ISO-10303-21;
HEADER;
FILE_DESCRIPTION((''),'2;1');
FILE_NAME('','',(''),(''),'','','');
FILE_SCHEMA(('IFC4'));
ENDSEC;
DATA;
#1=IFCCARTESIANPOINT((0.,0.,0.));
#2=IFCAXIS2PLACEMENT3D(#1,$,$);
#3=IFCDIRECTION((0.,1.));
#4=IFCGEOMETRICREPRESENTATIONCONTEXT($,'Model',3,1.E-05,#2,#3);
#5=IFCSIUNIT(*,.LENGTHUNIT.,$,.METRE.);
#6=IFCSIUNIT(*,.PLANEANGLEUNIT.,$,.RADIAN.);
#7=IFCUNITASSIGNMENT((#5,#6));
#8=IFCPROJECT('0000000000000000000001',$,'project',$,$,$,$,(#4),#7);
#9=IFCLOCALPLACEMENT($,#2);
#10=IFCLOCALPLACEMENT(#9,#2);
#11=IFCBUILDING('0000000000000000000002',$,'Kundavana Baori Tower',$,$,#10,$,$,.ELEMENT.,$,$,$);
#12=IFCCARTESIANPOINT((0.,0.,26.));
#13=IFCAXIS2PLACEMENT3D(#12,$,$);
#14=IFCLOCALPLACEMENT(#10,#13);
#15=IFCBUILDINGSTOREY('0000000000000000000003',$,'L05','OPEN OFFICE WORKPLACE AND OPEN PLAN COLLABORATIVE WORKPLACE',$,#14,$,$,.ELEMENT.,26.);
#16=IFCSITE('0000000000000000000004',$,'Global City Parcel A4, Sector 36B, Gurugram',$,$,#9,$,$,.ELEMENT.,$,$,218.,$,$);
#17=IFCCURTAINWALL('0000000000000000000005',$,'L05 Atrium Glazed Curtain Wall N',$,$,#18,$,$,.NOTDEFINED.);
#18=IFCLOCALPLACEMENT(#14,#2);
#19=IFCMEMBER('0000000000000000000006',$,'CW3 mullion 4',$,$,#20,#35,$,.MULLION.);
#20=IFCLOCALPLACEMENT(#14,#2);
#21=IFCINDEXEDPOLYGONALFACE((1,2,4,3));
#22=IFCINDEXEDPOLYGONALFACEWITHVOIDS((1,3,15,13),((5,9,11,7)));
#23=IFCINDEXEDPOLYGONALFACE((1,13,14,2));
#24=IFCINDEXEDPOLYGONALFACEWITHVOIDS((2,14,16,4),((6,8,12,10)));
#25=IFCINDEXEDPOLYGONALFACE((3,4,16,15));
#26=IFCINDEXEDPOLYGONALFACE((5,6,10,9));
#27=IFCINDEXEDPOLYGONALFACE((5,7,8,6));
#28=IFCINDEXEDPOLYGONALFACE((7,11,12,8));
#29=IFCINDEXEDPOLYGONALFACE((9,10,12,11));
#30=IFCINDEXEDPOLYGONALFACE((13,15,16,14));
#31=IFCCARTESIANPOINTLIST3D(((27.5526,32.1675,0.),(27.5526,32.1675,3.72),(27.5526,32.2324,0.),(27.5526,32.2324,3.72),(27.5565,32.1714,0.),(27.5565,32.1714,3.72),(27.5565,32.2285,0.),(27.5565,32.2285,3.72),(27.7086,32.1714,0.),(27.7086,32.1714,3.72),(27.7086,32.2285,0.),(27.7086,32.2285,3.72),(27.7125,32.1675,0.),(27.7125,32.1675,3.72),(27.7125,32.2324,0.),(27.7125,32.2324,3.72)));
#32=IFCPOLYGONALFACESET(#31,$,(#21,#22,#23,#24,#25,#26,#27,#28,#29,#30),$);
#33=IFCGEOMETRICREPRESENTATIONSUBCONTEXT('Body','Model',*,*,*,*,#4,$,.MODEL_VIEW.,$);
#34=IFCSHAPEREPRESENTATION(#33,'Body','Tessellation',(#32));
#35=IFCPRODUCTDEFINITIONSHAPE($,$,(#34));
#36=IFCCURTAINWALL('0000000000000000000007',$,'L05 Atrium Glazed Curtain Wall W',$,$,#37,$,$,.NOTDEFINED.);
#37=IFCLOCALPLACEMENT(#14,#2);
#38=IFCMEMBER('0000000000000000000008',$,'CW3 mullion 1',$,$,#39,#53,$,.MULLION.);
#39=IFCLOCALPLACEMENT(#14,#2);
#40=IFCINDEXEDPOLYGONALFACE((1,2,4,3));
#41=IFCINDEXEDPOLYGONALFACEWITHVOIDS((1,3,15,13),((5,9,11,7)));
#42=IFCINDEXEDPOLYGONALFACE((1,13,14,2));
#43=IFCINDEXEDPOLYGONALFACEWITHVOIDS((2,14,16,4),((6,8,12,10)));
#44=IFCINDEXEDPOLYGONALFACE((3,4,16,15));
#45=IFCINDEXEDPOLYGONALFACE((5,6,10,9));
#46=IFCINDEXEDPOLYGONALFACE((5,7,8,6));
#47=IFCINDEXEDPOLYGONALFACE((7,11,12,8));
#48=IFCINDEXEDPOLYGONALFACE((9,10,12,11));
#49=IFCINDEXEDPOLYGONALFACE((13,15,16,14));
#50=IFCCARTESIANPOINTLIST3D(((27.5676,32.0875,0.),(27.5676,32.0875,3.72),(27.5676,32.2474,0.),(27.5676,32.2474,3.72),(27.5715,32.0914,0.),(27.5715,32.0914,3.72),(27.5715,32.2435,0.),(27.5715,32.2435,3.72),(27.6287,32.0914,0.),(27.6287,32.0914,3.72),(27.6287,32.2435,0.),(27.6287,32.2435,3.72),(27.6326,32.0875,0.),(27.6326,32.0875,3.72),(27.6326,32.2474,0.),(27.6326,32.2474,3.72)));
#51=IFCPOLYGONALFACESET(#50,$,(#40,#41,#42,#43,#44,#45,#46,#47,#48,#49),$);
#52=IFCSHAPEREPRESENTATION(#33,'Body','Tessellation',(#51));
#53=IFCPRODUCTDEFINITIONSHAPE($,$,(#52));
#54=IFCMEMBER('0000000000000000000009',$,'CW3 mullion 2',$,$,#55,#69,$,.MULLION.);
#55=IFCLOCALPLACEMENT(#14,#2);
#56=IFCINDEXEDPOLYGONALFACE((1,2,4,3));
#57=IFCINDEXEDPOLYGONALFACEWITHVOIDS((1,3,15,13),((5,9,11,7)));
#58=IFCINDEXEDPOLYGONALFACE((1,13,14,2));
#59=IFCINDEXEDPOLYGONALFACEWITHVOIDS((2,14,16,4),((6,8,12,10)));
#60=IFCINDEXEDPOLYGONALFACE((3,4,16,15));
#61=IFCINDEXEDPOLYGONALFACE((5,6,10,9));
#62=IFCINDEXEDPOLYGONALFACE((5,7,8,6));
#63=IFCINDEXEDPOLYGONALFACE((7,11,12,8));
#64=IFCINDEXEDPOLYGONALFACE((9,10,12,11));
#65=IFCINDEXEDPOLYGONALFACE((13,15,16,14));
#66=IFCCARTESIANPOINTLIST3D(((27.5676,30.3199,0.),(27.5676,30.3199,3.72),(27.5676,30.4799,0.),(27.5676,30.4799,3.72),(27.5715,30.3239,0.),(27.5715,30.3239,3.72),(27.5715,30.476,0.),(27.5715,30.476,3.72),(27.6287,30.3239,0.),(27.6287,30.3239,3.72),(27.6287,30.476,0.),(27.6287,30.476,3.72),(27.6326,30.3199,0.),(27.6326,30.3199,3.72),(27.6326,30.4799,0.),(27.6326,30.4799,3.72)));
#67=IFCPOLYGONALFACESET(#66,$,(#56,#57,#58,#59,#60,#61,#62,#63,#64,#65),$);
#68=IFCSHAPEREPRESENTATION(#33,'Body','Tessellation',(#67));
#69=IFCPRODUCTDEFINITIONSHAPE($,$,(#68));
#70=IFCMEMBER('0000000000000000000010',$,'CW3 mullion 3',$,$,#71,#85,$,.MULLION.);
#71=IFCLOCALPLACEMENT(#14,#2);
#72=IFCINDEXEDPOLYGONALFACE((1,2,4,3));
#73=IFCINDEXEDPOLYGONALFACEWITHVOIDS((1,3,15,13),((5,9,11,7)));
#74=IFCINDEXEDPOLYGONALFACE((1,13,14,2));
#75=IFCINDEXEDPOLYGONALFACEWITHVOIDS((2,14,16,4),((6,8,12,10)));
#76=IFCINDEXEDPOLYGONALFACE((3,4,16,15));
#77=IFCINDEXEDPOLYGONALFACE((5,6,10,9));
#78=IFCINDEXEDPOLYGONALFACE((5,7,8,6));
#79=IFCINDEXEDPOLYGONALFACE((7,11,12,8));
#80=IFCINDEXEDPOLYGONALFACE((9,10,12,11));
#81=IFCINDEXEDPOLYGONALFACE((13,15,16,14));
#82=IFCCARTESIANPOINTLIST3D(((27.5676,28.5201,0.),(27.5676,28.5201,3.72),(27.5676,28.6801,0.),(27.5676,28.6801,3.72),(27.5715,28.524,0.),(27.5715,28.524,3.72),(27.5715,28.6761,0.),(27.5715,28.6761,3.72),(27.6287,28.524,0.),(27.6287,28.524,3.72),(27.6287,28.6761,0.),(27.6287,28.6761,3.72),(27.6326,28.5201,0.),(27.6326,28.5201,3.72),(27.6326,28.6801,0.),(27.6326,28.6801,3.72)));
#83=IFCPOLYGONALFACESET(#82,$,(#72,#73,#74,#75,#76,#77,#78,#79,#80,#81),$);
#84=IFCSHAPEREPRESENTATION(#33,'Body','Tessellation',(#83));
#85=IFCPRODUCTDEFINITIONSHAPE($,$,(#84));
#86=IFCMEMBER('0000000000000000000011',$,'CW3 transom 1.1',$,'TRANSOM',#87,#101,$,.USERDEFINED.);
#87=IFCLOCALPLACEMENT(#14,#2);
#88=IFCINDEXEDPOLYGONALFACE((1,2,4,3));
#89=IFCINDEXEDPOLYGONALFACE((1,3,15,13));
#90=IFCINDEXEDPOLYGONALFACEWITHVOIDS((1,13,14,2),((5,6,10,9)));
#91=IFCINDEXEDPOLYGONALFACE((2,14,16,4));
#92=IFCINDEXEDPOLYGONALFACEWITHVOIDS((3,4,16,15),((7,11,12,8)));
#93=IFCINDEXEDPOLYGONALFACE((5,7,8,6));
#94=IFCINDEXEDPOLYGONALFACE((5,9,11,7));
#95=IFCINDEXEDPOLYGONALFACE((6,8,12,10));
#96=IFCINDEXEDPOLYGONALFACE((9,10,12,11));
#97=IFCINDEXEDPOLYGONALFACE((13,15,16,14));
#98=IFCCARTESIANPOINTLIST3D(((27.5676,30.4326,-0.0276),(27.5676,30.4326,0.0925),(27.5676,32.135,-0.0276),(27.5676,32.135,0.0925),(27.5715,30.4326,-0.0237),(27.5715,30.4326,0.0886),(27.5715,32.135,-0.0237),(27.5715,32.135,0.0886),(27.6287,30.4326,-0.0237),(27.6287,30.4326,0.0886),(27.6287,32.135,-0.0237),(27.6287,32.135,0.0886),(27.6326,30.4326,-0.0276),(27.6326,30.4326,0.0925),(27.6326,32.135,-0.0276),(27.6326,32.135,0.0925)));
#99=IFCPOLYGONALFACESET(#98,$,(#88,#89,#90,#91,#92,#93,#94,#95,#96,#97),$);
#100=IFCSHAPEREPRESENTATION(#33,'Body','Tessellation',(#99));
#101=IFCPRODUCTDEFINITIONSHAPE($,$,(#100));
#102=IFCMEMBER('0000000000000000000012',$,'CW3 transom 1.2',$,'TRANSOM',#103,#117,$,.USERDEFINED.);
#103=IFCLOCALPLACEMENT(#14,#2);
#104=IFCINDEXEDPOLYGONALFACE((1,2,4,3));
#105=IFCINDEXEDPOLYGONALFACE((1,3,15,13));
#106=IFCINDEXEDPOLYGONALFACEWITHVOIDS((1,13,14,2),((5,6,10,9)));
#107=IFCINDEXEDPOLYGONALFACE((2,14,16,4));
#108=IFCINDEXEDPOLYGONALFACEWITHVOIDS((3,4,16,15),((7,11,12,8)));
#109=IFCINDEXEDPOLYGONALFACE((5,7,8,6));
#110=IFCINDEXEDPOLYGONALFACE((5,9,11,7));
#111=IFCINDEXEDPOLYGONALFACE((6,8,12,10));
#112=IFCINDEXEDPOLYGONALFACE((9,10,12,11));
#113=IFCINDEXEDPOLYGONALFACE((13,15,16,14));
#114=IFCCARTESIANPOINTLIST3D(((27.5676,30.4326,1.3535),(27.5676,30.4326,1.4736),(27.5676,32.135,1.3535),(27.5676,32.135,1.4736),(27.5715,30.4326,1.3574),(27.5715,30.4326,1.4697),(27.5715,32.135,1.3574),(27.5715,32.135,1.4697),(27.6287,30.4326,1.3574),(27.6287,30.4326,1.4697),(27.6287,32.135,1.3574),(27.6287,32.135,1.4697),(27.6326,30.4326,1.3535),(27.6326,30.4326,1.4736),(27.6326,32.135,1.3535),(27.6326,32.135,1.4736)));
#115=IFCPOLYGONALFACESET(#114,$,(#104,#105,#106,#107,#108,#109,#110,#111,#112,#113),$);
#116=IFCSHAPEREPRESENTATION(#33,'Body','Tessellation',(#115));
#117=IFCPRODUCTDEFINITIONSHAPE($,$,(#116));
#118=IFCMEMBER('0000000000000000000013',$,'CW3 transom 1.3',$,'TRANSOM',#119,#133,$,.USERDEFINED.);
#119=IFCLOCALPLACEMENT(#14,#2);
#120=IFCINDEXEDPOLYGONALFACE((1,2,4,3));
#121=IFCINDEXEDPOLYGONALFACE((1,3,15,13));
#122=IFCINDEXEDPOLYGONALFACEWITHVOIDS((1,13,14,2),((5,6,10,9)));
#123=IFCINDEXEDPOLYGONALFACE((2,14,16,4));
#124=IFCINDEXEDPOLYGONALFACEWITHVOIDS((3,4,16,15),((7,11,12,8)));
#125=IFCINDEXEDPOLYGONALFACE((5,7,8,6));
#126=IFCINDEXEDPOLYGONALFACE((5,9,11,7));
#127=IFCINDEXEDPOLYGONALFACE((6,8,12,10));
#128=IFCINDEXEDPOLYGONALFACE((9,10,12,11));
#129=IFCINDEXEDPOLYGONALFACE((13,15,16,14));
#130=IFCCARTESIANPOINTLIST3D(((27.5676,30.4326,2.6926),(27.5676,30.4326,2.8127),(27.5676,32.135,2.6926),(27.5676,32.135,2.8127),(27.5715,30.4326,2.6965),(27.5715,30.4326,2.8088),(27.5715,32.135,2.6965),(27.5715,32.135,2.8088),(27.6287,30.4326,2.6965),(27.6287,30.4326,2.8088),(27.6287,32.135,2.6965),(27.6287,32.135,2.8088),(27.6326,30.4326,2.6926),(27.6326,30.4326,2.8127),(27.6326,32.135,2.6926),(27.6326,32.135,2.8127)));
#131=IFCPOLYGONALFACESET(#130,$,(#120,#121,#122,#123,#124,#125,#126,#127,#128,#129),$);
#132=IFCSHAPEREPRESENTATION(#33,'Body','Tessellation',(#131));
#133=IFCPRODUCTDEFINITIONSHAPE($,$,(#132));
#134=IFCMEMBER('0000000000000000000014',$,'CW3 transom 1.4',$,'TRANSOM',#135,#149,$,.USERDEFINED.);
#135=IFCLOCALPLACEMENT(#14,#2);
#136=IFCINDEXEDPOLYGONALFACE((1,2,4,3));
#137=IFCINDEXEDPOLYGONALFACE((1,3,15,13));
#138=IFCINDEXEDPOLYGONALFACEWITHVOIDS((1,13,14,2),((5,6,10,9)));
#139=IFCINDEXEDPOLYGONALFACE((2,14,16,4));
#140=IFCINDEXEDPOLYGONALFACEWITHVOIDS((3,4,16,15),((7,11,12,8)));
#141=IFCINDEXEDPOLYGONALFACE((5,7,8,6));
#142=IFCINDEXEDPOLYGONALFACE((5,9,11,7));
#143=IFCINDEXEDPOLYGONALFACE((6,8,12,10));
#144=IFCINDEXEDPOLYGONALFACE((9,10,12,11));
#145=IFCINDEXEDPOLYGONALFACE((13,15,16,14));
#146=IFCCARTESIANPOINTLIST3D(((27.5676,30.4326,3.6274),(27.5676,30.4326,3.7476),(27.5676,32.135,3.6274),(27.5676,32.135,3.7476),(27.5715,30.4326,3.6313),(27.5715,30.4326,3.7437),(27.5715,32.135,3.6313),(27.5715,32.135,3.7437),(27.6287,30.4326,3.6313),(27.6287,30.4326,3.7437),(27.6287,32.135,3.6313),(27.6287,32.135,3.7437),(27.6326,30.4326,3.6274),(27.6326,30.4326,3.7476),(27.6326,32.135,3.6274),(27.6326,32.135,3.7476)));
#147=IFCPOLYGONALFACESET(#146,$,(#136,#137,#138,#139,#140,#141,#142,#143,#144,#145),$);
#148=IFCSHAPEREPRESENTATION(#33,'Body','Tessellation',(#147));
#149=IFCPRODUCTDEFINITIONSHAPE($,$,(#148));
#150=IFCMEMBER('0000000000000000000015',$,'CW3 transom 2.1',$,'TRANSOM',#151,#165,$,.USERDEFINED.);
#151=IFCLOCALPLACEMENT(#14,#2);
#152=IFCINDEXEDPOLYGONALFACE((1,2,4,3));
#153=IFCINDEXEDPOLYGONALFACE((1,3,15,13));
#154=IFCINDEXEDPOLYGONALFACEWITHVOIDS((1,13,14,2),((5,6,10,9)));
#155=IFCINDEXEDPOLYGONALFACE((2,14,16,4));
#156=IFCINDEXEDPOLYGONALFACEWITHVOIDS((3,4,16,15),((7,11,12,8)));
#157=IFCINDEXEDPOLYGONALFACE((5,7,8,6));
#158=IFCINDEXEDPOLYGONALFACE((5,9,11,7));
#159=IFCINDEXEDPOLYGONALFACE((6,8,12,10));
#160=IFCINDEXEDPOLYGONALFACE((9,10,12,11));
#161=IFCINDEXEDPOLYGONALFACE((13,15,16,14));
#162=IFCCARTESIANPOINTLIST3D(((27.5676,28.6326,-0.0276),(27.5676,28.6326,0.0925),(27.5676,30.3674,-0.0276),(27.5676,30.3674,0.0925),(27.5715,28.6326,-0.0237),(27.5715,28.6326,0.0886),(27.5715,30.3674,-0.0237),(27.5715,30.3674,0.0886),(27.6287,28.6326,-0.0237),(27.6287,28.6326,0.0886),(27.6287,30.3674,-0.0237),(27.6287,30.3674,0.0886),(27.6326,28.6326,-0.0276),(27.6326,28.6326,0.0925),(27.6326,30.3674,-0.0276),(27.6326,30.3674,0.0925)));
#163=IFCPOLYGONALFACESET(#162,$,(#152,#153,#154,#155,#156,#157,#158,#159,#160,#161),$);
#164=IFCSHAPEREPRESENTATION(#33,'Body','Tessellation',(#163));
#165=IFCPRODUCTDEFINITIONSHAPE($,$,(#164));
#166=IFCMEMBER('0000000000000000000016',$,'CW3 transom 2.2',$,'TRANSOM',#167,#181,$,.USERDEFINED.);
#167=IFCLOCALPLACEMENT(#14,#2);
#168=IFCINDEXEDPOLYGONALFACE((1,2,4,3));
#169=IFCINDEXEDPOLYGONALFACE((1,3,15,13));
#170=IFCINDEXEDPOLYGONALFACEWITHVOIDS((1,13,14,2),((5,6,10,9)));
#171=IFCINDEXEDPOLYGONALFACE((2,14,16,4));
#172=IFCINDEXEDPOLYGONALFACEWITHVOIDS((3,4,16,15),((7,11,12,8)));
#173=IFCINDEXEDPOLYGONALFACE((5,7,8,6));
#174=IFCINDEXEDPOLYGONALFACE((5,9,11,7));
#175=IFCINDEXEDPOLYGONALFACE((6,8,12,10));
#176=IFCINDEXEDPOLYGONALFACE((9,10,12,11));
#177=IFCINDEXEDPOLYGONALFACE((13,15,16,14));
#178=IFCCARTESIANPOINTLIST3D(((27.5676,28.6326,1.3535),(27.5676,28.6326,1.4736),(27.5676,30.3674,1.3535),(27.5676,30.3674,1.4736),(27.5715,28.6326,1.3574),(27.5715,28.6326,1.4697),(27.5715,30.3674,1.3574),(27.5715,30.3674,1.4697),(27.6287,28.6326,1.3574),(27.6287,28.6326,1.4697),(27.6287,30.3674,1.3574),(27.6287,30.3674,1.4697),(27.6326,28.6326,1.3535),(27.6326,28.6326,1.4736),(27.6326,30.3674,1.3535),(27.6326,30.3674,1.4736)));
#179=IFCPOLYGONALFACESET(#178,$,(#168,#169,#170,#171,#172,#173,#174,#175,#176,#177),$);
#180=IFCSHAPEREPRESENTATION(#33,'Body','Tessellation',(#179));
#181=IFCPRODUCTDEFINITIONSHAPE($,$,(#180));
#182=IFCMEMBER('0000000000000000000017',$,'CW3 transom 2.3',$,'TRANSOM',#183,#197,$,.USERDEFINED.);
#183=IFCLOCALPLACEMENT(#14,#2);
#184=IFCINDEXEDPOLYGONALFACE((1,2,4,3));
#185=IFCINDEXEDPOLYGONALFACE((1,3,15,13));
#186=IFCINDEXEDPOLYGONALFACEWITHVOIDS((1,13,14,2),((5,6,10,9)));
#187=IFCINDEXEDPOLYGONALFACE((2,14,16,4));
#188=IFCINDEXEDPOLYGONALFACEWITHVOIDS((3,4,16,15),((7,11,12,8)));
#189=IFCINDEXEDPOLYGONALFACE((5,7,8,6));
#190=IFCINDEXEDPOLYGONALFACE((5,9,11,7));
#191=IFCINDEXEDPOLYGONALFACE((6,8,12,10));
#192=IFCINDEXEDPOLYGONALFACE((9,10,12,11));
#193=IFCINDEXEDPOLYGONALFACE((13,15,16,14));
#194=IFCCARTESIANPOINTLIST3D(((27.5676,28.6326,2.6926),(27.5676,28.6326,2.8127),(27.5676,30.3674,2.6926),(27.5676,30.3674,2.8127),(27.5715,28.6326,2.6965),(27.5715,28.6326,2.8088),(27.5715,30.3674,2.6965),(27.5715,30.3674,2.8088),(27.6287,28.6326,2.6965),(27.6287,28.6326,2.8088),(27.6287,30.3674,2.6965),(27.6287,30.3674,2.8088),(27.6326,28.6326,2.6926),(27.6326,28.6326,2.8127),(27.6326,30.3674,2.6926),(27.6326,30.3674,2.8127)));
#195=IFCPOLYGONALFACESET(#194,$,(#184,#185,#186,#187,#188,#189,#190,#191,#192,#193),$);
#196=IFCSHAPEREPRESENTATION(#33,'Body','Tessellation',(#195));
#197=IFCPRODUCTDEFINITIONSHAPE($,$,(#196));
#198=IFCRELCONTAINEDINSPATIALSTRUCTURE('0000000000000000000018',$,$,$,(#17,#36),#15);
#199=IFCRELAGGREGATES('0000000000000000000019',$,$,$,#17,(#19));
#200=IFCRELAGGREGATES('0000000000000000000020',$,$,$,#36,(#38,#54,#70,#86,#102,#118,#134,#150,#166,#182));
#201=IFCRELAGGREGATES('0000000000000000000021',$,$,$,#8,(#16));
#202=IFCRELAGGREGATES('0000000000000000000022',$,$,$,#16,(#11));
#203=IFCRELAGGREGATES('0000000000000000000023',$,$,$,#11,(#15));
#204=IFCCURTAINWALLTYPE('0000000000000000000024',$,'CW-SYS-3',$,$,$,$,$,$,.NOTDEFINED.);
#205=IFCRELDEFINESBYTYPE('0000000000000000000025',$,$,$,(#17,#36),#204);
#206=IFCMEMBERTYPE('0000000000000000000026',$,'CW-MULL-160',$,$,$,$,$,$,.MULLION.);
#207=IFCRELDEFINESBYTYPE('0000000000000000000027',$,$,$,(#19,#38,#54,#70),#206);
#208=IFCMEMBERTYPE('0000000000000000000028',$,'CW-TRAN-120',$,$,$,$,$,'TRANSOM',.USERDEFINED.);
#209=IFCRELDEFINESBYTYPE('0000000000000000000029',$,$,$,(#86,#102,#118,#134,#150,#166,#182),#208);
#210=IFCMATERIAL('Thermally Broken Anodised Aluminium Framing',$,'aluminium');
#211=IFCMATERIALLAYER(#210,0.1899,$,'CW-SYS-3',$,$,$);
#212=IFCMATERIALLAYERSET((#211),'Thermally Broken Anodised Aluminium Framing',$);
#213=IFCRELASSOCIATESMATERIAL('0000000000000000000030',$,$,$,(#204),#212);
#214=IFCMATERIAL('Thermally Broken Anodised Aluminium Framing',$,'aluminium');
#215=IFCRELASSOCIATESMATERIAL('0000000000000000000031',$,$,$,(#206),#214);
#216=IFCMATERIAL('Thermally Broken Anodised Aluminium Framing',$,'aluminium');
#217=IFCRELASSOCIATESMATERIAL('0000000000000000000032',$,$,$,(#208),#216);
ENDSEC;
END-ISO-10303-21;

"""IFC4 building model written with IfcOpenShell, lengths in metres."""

from ifc_helpers import new_model, si_unit, direction, frame, origin, origin_2d, place, context, subcontext, project, spatial, hollow_rectangle, extrude, material, layer, layer_set, material_profile, profile_set, type_object, element, aggregate, save


model = new_model("IFC4")

# Units and contexts
model_context = context("Model", 3, precision=1e-05, world=origin(), true_north=direction((0.0, 1.0)))
body_context = subcontext(model_context, "Body", "Model", "MODEL_VIEW")
ifc_project = project(units=[si_unit("LENGTHUNIT", "METRE"), si_unit("PLANEANGLEUNIT", "RADIAN")], contexts=[model_context])

# Site, building, storey
site_placement = place(None, origin())
site = spatial("IfcSite", under=ifc_project, at=site_placement, Name="Global City Parcel A4, Sector 36B, Gurugram", CompositionType="ELEMENT", RefElevation=218.0)
building_placement = place(site_placement, origin())
building = spatial("IfcBuilding", under=site, at=building_placement, Name="Kundavana Baori Tower", CompositionType="ELEMENT")
storey_placement = place(building_placement, frame((0.0, 0.0, 26.0)))
storey = spatial("IfcBuildingStorey", under=building, at=storey_placement, Name="L05", Description="OPEN OFFICE WORKPLACE AND OPEN PLAN COLLABORATIVE WORKPLACE", CompositionType="ELEMENT", Elevation=26.0)

# Curtain wall, member
ifc_material_1 = material(Name="Thermally Broken Anodised Aluminium Framing", Category="aluminium")
ifc_layer_1 = layer(ifc_material_1, 0.1899, Name="CW-SYS-3")
ifc_layer_set_1 = layer_set([ifc_layer_1], Name="Thermally Broken Anodised Aluminium Framing")
curtain_wall_type = type_object("IfcCurtainWallType", Name="CW-SYS-3", PredefinedType="NOTDEFINED", material=ifc_layer_set_1)
curtain_wall_1_placement = place(storey_placement, origin())
curtain_wall_1 = element("IfcCurtainWall", 1, at=curtain_wall_1_placement, inside=storey, type_object=curtain_wall_type, Name="L05 Atrium Glazed Curtain Wall N", PredefinedType="NOTDEFINED")
ifc_material_2 = material(Name="Thermally Broken Anodised Aluminium Framing", Category="aluminium")
ifc_material_profile_1 = material_profile(ifc_material_2, hollow_rectangle(XDim=0.0649, YDim=0.1599, WallThickness=0.0039, at=origin_2d()), Name="CW-MULL-160")
ifc_profile_set_1 = profile_set([ifc_material_profile_1], Name="Thermally Broken Anodised Aluminium Framing")
member_type_1 = type_object("IfcMemberType", Name="CW-MULL-160", PredefinedType="MULLION", material=ifc_profile_set_1)
member_1_placement = place(storey_placement, frame((27.6326, 32.2, 0.0), z_axis=(0.0, 0.0, 1.0), x_axis=(0.0, -1.0, 0.0)))
member_1 = element("IfcMember", 2, at=member_1_placement, type_object=member_type_1, Name="CW3 mullion 4", PredefinedType="MULLION", context=body_context, shape_type="SweptSolid", body=[
    extrude(hollow_rectangle(XDim=0.0649, YDim=0.1599, WallThickness=0.0039, at=origin_2d()), origin(), (0.0, 0.0, 1.0), 3.72),
])
aggregate(curtain_wall_1, [member_1])

# Curtain wall, members
curtain_wall_2_placement = place(storey_placement, origin())
curtain_wall_2 = element("IfcCurtainWall", 3, at=curtain_wall_2_placement, inside=storey, type_object=curtain_wall_type, Name="L05 Atrium Glazed Curtain Wall W", PredefinedType="NOTDEFINED")
member_2_placement = place(storey_placement, frame((27.6001, 32.1675, 0.0), z_axis=(0.0, 0.0, 1.0), x_axis=(1.0, 0.0, 0.0)))
member_2 = element("IfcMember", 4, at=member_2_placement, type_object=member_type_1, Name="CW3 mullion 1", PredefinedType="MULLION", context=body_context, shape_type="SweptSolid", body=[
    extrude(hollow_rectangle(XDim=0.0649, YDim=0.1599, WallThickness=0.0039, at=origin_2d()), origin(), (0.0, 0.0, 1.0), 3.72),
])
member_3_placement = place(storey_placement, frame((27.6001, 30.3999, 0.0), z_axis=(0.0, 0.0, 1.0), x_axis=(1.0, 0.0, 0.0)))
member_3 = element("IfcMember", 5, at=member_3_placement, type_object=member_type_1, Name="CW3 mullion 2", PredefinedType="MULLION", context=body_context, shape_type="SweptSolid", body=[
    extrude(hollow_rectangle(XDim=0.0649, YDim=0.1599, WallThickness=0.0039, at=origin_2d()), origin(), (0.0, 0.0, 1.0), 3.72),
])
member_4_placement = place(storey_placement, frame((27.6001, 28.6001, 0.0), z_axis=(0.0, 0.0, 1.0), x_axis=(1.0, 0.0, 0.0)))
member_4 = element("IfcMember", 6, at=member_4_placement, type_object=member_type_1, Name="CW3 mullion 3", PredefinedType="MULLION", context=body_context, shape_type="SweptSolid", body=[
    extrude(hollow_rectangle(XDim=0.0649, YDim=0.1599, WallThickness=0.0039, at=origin_2d()), origin(), (0.0, 0.0, 1.0), 3.72),
])
ifc_material_3 = material(Name="Thermally Broken Anodised Aluminium Framing", Category="aluminium")
ifc_material_profile_2 = material_profile(ifc_material_3, hollow_rectangle(XDim=0.0649, YDim=0.1201, WallThickness=0.0039, at=origin_2d()), Name="CW-TRAN-120")
ifc_profile_set_2 = profile_set([ifc_material_profile_2], Name="Thermally Broken Anodised Aluminium Framing")
member_type_2 = type_object("IfcMemberType", Name="CW-TRAN-120", ElementType="TRANSOM", PredefinedType="USERDEFINED", material=ifc_profile_set_2)
member_5_placement = place(storey_placement, frame((27.6001, 32.135, 0.0325), z_axis=(0.0, -1.0, 0.0), x_axis=(1.0, 0.0, 0.0)))
member_5 = element("IfcMember", 7, at=member_5_placement, type_object=member_type_2, Name="CW3 transom 1.1", ObjectType="TRANSOM", PredefinedType="USERDEFINED", context=body_context, shape_type="SweptSolid", body=[
    extrude(hollow_rectangle(XDim=0.0649, YDim=0.1201, WallThickness=0.0039, at=origin_2d()), origin(), (0.0, 0.0, 1.0), 1.7024),
])
member_6_placement = place(storey_placement, frame((27.6001, 32.135, 1.4136), z_axis=(0.0, -1.0, 0.0), x_axis=(1.0, 0.0, 0.0)))
member_6 = element("IfcMember", 8, at=member_6_placement, type_object=member_type_2, Name="CW3 transom 1.2", ObjectType="TRANSOM", PredefinedType="USERDEFINED", context=body_context, shape_type="SweptSolid", body=[
    extrude(hollow_rectangle(XDim=0.0649, YDim=0.1201, WallThickness=0.0039, at=origin_2d()), origin(), (0.0, 0.0, 1.0), 1.7024),
])
member_7_placement = place(storey_placement, frame((27.6001, 32.135, 2.7527), z_axis=(0.0, -1.0, 0.0), x_axis=(1.0, 0.0, 0.0)))
member_7 = element("IfcMember", 9, at=member_7_placement, type_object=member_type_2, Name="CW3 transom 1.3", ObjectType="TRANSOM", PredefinedType="USERDEFINED", context=body_context, shape_type="SweptSolid", body=[
    extrude(hollow_rectangle(XDim=0.0649, YDim=0.1201, WallThickness=0.0039, at=origin_2d()), origin(), (0.0, 0.0, 1.0), 1.7024),
])
member_8_placement = place(storey_placement, frame((27.6001, 32.135, 3.6875), z_axis=(0.0, -1.0, 0.0), x_axis=(1.0, 0.0, 0.0)))
member_8 = element("IfcMember", 10, at=member_8_placement, type_object=member_type_2, Name="CW3 transom 1.4", ObjectType="TRANSOM", PredefinedType="USERDEFINED", context=body_context, shape_type="SweptSolid", body=[
    extrude(hollow_rectangle(XDim=0.0649, YDim=0.1201, WallThickness=0.0039, at=origin_2d()), origin(), (0.0, 0.0, 1.0), 1.7024),
])
member_9_placement = place(storey_placement, frame((27.6001, 30.3674, 0.0325), z_axis=(0.0, -1.0, 0.0), x_axis=(1.0, 0.0, 0.0)))
member_9 = element("IfcMember", 11, at=member_9_placement, type_object=member_type_2, Name="CW3 transom 2.1", ObjectType="TRANSOM", PredefinedType="USERDEFINED", context=body_context, shape_type="SweptSolid", body=[
    extrude(hollow_rectangle(XDim=0.0649, YDim=0.1201, WallThickness=0.0039, at=origin_2d()), origin(), (0.0, 0.0, 1.0), 1.7349),
])
member_10_placement = place(storey_placement, frame((27.6001, 30.3674, 1.4136), z_axis=(0.0, -1.0, 0.0), x_axis=(1.0, 0.0, 0.0)))
member_10 = element("IfcMember", 12, at=member_10_placement, type_object=member_type_2, Name="CW3 transom 2.2", ObjectType="TRANSOM", PredefinedType="USERDEFINED", context=body_context, shape_type="SweptSolid", body=[
    extrude(hollow_rectangle(XDim=0.0649, YDim=0.1201, WallThickness=0.0039, at=origin_2d()), origin(), (0.0, 0.0, 1.0), 1.7349),
])
member_11_placement = place(storey_placement, frame((27.6001, 30.3674, 2.7527), z_axis=(0.0, -1.0, 0.0), x_axis=(1.0, 0.0, 0.0)))
member_11 = element("IfcMember", 13, at=member_11_placement, type_object=member_type_2, Name="CW3 transom 2.3", ObjectType="TRANSOM", PredefinedType="USERDEFINED", context=body_context, shape_type="SweptSolid", body=[
    extrude(hollow_rectangle(XDim=0.0649, YDim=0.1201, WallThickness=0.0039, at=origin_2d()), origin(), (0.0, 0.0, 1.0), 1.7349),
])
aggregate(curtain_wall_2, [member_2, member_3, member_4, member_5, member_6, member_7, member_8, member_9, member_10, member_11])

save(model, "model.ifc")
